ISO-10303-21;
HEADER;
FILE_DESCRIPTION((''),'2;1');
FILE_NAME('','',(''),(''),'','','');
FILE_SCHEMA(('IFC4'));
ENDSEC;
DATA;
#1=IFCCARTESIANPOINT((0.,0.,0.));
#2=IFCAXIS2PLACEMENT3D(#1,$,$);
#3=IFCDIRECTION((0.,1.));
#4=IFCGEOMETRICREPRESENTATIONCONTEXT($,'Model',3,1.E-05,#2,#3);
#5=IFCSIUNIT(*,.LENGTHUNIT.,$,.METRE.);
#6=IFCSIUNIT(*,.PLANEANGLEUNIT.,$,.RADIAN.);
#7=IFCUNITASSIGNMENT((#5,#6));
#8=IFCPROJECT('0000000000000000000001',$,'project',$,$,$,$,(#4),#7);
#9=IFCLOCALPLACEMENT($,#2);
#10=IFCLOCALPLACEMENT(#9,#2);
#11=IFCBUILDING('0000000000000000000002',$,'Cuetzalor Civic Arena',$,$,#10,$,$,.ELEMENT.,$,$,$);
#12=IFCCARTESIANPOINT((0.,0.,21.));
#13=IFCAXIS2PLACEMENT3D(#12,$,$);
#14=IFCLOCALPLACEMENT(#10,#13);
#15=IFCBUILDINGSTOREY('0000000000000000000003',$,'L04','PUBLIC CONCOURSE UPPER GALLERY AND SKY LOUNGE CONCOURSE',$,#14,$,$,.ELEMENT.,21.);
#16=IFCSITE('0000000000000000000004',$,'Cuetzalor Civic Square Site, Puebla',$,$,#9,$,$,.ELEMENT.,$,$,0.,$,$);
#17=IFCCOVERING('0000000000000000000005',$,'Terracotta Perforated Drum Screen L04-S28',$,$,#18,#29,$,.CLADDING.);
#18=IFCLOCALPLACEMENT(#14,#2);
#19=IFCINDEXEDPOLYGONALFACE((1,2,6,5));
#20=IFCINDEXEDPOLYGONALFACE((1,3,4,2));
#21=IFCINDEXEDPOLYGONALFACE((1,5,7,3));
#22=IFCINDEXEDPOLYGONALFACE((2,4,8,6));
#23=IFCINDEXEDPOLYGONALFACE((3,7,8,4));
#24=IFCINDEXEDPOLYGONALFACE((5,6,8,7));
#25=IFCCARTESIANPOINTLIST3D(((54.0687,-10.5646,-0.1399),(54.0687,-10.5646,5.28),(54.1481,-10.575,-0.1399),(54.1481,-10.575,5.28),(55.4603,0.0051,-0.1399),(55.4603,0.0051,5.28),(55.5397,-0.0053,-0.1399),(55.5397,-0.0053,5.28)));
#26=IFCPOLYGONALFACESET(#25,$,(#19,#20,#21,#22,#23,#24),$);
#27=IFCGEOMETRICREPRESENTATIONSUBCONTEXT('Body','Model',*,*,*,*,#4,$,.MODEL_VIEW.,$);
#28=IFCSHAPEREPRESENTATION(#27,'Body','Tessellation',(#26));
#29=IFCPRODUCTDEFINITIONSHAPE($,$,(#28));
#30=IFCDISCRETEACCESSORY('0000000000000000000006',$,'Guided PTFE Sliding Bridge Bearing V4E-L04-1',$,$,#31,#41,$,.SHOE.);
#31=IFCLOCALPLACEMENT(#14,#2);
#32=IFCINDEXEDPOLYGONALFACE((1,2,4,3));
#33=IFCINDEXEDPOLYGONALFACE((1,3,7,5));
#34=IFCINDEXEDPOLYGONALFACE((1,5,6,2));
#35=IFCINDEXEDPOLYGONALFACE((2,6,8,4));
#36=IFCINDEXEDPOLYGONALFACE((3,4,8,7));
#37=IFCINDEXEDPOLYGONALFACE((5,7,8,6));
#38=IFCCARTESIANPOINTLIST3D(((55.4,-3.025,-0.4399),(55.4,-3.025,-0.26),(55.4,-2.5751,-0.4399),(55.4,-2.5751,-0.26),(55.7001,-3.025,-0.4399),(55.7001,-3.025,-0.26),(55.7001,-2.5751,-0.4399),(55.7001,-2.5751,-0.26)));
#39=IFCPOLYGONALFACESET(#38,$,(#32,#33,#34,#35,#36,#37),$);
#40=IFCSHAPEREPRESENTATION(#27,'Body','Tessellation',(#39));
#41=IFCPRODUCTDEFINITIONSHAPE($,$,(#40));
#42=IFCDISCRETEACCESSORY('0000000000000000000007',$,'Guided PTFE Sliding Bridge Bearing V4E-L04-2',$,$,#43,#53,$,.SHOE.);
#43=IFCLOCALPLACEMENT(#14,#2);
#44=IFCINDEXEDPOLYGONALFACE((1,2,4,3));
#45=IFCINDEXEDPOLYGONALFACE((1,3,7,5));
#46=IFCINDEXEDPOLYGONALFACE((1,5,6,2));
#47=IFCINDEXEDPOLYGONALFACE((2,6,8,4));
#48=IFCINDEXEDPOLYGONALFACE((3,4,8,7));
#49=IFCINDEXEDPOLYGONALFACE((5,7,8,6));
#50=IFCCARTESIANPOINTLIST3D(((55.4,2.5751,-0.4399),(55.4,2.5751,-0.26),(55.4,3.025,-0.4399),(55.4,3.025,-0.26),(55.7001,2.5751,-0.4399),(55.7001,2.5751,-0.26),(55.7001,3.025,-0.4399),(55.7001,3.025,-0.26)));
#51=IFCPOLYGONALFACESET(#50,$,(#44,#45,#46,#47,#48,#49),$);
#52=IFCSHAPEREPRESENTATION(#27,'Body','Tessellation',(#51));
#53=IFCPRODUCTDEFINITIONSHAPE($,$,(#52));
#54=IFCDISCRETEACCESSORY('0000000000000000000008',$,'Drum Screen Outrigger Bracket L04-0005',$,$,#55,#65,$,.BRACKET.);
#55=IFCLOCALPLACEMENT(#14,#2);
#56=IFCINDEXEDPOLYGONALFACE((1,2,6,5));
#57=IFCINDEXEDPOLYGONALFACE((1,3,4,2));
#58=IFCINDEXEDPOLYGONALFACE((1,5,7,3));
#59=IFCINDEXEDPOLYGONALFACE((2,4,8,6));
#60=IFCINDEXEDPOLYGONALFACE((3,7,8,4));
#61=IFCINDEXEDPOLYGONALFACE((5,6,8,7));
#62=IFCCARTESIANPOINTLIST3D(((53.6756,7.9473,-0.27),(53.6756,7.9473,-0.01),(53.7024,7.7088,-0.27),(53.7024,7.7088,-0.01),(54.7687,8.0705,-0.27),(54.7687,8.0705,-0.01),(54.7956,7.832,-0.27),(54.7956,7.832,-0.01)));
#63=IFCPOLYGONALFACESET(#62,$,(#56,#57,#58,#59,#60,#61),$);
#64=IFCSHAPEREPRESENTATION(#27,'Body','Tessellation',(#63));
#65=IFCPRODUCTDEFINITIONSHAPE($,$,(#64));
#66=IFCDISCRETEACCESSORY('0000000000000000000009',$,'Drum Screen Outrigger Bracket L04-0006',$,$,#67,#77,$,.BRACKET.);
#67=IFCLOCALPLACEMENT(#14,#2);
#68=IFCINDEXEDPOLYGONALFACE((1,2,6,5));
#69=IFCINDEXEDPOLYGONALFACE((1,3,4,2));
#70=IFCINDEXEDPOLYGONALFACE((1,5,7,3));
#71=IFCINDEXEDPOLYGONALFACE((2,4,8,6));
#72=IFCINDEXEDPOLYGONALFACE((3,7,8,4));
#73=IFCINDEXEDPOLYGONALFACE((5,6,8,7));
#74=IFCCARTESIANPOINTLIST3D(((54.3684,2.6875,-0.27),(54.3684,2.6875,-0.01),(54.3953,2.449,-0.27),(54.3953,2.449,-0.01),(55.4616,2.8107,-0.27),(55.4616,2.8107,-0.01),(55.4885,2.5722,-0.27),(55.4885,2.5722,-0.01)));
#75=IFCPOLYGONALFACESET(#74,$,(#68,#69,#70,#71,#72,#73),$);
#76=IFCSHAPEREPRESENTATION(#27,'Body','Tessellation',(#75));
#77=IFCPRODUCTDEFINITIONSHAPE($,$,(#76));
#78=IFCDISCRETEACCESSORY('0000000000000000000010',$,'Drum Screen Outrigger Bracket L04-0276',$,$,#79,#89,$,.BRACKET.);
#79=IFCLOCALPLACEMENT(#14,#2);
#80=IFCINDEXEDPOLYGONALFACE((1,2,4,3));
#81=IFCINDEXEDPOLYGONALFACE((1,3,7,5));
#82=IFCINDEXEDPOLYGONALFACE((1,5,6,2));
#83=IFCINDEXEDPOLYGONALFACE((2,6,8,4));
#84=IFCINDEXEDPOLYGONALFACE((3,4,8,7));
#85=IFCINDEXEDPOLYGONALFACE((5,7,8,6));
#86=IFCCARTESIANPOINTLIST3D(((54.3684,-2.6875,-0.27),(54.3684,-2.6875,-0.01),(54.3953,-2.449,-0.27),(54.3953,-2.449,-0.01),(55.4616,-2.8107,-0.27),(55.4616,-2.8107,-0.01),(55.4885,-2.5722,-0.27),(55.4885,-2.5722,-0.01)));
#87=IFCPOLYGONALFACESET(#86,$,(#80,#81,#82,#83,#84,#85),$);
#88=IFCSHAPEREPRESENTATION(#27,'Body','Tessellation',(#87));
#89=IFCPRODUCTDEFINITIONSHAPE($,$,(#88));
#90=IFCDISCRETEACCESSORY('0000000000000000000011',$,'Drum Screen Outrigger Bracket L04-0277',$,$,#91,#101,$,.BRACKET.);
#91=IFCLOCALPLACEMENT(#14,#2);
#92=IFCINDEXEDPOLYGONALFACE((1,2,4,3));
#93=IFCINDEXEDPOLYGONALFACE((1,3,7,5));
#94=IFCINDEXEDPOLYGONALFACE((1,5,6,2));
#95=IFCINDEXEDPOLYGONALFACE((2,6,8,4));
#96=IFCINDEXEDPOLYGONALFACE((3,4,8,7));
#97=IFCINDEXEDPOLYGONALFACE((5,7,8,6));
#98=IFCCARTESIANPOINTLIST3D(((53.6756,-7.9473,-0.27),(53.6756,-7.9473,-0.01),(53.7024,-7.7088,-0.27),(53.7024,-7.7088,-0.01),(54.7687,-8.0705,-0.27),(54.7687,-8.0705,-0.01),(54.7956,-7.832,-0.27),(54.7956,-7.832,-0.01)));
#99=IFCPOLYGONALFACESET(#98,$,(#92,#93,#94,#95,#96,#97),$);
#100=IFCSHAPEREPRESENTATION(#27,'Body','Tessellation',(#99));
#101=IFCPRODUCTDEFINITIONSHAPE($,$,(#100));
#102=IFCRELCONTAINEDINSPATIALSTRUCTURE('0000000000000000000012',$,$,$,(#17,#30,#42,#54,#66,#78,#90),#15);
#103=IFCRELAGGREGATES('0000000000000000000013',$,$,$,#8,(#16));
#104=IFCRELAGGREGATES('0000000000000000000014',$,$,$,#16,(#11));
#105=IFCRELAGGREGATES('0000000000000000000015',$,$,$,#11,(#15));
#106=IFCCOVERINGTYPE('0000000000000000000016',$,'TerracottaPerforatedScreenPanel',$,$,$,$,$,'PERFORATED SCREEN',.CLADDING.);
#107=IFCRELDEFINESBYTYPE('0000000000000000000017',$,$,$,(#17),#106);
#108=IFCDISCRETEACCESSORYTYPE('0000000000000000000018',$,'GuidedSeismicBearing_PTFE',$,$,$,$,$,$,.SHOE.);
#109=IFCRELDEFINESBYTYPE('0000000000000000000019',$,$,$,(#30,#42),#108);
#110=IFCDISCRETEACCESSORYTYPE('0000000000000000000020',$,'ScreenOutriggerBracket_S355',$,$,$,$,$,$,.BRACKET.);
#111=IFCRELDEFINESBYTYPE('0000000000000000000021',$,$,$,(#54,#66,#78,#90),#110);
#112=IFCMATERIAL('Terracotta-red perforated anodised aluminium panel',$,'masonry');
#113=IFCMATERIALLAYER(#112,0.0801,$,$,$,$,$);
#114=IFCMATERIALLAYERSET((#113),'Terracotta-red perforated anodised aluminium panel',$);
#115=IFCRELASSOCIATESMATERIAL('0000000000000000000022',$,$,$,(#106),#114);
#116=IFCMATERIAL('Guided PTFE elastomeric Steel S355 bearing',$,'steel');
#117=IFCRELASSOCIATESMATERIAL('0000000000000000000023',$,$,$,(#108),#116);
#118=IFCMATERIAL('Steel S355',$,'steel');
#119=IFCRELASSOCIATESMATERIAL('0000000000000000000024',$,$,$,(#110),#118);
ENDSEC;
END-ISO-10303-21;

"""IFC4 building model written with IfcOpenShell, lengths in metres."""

from ifc_helpers import new_model, si_unit, direction, frame, frame_2d, origin, origin_2d, place, context, subcontext, project, spatial, rectangle, extrude, material, layer, layer_set, type_object, element, save


model = new_model("IFC4")

# Units and contexts
model_context = context("Model", 3, precision=1e-05, world=origin(), true_north=direction((0.0, 1.0)))
body_context = subcontext(model_context, "Body", "Model", "MODEL_VIEW")
ifc_project = project(units=[si_unit("LENGTHUNIT", "METRE"), si_unit("PLANEANGLEUNIT", "RADIAN")], contexts=[model_context])

# Site, building, storey
site_placement = place(None, origin())
site = spatial("IfcSite", under=ifc_project, at=site_placement, Name="Cuetzalor Civic Square Site, Puebla", CompositionType="ELEMENT", RefElevation=0.0)
building_placement = place(site_placement, origin())
building = spatial("IfcBuilding", under=site, at=building_placement, Name="Cuetzalor Civic Arena", CompositionType="ELEMENT")
storey_placement = place(building_placement, frame((0.0, 0.0, 21.0)))
storey = spatial("IfcBuildingStorey", under=building, at=storey_placement, Name="L04", Description="PUBLIC CONCOURSE UPPER GALLERY AND SKY LOUNGE CONCOURSE", CompositionType="ELEMENT", Elevation=21.0)

# Covering
ifc_material_1 = material(Name="Terracotta-red perforated anodised aluminium panel", Category="masonry")
ifc_layer_1 = layer(ifc_material_1, 0.0801)
ifc_layer_set_1 = layer_set([ifc_layer_1], Name="Terracotta-red perforated anodised aluminium panel")
covering_type = type_object("IfcCoveringType", Name="TerracottaPerforatedScreenPanel", ElementType="PERFORATED SCREEN", PredefinedType="CLADDING", material=ifc_layer_set_1)
covering_1_placement = place(storey_placement, frame((55.5, 0.0, -0.1399), z_axis=(0.0, 0.0, 1.0), x_axis=(-0.130534, -0.991444, 0.0)))
element("IfcCovering", 1, at=covering_1_placement, inside=storey, type_object=covering_type, Name="Terracotta Perforated Drum Screen L04-S28", PredefinedType="CLADDING", context=body_context, shape_type="SweptSolid", body=[
    extrude(rectangle(XDim=10.6609, YDim=0.0801, at=frame_2d((5.3306, 0.0))), origin(), (0.0, 0.0, 1.0), 5.4199),
])

# Discrete accessories
ifc_material_2 = material(Name="Guided PTFE elastomeric Steel S355 bearing", Category="steel")
discrete_accessory_type_1 = type_object("IfcDiscreteAccessoryType", Name="GuidedSeismicBearing_PTFE", PredefinedType="SHOE", material=ifc_material_2)
for number, where, z_axis, x_axis, name in (
    (2, (55.55, -2.8, -0.4399), (0.0, 0.0, 1.0), (1.0, 0.0, 0.0), "Guided PTFE Sliding Bridge Bearing V4E-L04-1"),
    (3, (55.55, 2.8, -0.4399), (0.0, 0.0, 1.0), (1.0, 0.0, 0.0), "Guided PTFE Sliding Bridge Bearing V4E-L04-2"),
):
    element("IfcDiscreteAccessory", number, at=place(storey_placement, frame(where, z_axis=z_axis, x_axis=x_axis)), inside=storey, type_object=discrete_accessory_type_1, Name=name, PredefinedType="SHOE", context=body_context, shape_type="SweptSolid", body=[
        extrude(rectangle(XDim=0.3, YDim=0.45, at=origin_2d()), origin(), (0.0, 0.0, 1.0), 0.1799),
    ])
ifc_material_3 = material(Name="Steel S355", Category="steel")
discrete_accessory_type_2 = type_object("IfcDiscreteAccessoryType", Name="ScreenOutriggerBracket_S355", PredefinedType="BRACKET", material=ifc_material_3)
for number, where, z_axis, x_axis, name in (
    (4, (54.2356, 7.8896, -0.27), (0.0, 0.0, 1.0), (0.993709, 0.111989, 0.0), "Drum Screen Outrigger Bracket L04-0005"),
    (5, (54.9285, 2.6299, -0.27), (0.0, 0.0, 1.0), (0.993709, 0.111989, 0.0), "Drum Screen Outrigger Bracket L04-0006"),
    (6, (54.9285, -2.6299, -0.27), (0.0, 0.0, 1.0), (0.993709, -0.111989, 0.0), "Drum Screen Outrigger Bracket L04-0276"),
    (7, (54.2356, -7.8896, -0.27), (0.0, 0.0, 1.0), (0.993709, -0.111989, 0.0), "Drum Screen Outrigger Bracket L04-0277"),
):
    element("IfcDiscreteAccessory", number, at=place(storey_placement, frame(where, z_axis=z_axis, x_axis=x_axis)), inside=storey, type_object=discrete_accessory_type_2, Name=name, PredefinedType="BRACKET", context=body_context, shape_type="SweptSolid", body=[
        extrude(rectangle(XDim=1.1001, YDim=0.24, at=origin_2d()), origin(), (0.0, 0.0, 1.0), 0.26),
    ])

save(model, "model.ifc")
